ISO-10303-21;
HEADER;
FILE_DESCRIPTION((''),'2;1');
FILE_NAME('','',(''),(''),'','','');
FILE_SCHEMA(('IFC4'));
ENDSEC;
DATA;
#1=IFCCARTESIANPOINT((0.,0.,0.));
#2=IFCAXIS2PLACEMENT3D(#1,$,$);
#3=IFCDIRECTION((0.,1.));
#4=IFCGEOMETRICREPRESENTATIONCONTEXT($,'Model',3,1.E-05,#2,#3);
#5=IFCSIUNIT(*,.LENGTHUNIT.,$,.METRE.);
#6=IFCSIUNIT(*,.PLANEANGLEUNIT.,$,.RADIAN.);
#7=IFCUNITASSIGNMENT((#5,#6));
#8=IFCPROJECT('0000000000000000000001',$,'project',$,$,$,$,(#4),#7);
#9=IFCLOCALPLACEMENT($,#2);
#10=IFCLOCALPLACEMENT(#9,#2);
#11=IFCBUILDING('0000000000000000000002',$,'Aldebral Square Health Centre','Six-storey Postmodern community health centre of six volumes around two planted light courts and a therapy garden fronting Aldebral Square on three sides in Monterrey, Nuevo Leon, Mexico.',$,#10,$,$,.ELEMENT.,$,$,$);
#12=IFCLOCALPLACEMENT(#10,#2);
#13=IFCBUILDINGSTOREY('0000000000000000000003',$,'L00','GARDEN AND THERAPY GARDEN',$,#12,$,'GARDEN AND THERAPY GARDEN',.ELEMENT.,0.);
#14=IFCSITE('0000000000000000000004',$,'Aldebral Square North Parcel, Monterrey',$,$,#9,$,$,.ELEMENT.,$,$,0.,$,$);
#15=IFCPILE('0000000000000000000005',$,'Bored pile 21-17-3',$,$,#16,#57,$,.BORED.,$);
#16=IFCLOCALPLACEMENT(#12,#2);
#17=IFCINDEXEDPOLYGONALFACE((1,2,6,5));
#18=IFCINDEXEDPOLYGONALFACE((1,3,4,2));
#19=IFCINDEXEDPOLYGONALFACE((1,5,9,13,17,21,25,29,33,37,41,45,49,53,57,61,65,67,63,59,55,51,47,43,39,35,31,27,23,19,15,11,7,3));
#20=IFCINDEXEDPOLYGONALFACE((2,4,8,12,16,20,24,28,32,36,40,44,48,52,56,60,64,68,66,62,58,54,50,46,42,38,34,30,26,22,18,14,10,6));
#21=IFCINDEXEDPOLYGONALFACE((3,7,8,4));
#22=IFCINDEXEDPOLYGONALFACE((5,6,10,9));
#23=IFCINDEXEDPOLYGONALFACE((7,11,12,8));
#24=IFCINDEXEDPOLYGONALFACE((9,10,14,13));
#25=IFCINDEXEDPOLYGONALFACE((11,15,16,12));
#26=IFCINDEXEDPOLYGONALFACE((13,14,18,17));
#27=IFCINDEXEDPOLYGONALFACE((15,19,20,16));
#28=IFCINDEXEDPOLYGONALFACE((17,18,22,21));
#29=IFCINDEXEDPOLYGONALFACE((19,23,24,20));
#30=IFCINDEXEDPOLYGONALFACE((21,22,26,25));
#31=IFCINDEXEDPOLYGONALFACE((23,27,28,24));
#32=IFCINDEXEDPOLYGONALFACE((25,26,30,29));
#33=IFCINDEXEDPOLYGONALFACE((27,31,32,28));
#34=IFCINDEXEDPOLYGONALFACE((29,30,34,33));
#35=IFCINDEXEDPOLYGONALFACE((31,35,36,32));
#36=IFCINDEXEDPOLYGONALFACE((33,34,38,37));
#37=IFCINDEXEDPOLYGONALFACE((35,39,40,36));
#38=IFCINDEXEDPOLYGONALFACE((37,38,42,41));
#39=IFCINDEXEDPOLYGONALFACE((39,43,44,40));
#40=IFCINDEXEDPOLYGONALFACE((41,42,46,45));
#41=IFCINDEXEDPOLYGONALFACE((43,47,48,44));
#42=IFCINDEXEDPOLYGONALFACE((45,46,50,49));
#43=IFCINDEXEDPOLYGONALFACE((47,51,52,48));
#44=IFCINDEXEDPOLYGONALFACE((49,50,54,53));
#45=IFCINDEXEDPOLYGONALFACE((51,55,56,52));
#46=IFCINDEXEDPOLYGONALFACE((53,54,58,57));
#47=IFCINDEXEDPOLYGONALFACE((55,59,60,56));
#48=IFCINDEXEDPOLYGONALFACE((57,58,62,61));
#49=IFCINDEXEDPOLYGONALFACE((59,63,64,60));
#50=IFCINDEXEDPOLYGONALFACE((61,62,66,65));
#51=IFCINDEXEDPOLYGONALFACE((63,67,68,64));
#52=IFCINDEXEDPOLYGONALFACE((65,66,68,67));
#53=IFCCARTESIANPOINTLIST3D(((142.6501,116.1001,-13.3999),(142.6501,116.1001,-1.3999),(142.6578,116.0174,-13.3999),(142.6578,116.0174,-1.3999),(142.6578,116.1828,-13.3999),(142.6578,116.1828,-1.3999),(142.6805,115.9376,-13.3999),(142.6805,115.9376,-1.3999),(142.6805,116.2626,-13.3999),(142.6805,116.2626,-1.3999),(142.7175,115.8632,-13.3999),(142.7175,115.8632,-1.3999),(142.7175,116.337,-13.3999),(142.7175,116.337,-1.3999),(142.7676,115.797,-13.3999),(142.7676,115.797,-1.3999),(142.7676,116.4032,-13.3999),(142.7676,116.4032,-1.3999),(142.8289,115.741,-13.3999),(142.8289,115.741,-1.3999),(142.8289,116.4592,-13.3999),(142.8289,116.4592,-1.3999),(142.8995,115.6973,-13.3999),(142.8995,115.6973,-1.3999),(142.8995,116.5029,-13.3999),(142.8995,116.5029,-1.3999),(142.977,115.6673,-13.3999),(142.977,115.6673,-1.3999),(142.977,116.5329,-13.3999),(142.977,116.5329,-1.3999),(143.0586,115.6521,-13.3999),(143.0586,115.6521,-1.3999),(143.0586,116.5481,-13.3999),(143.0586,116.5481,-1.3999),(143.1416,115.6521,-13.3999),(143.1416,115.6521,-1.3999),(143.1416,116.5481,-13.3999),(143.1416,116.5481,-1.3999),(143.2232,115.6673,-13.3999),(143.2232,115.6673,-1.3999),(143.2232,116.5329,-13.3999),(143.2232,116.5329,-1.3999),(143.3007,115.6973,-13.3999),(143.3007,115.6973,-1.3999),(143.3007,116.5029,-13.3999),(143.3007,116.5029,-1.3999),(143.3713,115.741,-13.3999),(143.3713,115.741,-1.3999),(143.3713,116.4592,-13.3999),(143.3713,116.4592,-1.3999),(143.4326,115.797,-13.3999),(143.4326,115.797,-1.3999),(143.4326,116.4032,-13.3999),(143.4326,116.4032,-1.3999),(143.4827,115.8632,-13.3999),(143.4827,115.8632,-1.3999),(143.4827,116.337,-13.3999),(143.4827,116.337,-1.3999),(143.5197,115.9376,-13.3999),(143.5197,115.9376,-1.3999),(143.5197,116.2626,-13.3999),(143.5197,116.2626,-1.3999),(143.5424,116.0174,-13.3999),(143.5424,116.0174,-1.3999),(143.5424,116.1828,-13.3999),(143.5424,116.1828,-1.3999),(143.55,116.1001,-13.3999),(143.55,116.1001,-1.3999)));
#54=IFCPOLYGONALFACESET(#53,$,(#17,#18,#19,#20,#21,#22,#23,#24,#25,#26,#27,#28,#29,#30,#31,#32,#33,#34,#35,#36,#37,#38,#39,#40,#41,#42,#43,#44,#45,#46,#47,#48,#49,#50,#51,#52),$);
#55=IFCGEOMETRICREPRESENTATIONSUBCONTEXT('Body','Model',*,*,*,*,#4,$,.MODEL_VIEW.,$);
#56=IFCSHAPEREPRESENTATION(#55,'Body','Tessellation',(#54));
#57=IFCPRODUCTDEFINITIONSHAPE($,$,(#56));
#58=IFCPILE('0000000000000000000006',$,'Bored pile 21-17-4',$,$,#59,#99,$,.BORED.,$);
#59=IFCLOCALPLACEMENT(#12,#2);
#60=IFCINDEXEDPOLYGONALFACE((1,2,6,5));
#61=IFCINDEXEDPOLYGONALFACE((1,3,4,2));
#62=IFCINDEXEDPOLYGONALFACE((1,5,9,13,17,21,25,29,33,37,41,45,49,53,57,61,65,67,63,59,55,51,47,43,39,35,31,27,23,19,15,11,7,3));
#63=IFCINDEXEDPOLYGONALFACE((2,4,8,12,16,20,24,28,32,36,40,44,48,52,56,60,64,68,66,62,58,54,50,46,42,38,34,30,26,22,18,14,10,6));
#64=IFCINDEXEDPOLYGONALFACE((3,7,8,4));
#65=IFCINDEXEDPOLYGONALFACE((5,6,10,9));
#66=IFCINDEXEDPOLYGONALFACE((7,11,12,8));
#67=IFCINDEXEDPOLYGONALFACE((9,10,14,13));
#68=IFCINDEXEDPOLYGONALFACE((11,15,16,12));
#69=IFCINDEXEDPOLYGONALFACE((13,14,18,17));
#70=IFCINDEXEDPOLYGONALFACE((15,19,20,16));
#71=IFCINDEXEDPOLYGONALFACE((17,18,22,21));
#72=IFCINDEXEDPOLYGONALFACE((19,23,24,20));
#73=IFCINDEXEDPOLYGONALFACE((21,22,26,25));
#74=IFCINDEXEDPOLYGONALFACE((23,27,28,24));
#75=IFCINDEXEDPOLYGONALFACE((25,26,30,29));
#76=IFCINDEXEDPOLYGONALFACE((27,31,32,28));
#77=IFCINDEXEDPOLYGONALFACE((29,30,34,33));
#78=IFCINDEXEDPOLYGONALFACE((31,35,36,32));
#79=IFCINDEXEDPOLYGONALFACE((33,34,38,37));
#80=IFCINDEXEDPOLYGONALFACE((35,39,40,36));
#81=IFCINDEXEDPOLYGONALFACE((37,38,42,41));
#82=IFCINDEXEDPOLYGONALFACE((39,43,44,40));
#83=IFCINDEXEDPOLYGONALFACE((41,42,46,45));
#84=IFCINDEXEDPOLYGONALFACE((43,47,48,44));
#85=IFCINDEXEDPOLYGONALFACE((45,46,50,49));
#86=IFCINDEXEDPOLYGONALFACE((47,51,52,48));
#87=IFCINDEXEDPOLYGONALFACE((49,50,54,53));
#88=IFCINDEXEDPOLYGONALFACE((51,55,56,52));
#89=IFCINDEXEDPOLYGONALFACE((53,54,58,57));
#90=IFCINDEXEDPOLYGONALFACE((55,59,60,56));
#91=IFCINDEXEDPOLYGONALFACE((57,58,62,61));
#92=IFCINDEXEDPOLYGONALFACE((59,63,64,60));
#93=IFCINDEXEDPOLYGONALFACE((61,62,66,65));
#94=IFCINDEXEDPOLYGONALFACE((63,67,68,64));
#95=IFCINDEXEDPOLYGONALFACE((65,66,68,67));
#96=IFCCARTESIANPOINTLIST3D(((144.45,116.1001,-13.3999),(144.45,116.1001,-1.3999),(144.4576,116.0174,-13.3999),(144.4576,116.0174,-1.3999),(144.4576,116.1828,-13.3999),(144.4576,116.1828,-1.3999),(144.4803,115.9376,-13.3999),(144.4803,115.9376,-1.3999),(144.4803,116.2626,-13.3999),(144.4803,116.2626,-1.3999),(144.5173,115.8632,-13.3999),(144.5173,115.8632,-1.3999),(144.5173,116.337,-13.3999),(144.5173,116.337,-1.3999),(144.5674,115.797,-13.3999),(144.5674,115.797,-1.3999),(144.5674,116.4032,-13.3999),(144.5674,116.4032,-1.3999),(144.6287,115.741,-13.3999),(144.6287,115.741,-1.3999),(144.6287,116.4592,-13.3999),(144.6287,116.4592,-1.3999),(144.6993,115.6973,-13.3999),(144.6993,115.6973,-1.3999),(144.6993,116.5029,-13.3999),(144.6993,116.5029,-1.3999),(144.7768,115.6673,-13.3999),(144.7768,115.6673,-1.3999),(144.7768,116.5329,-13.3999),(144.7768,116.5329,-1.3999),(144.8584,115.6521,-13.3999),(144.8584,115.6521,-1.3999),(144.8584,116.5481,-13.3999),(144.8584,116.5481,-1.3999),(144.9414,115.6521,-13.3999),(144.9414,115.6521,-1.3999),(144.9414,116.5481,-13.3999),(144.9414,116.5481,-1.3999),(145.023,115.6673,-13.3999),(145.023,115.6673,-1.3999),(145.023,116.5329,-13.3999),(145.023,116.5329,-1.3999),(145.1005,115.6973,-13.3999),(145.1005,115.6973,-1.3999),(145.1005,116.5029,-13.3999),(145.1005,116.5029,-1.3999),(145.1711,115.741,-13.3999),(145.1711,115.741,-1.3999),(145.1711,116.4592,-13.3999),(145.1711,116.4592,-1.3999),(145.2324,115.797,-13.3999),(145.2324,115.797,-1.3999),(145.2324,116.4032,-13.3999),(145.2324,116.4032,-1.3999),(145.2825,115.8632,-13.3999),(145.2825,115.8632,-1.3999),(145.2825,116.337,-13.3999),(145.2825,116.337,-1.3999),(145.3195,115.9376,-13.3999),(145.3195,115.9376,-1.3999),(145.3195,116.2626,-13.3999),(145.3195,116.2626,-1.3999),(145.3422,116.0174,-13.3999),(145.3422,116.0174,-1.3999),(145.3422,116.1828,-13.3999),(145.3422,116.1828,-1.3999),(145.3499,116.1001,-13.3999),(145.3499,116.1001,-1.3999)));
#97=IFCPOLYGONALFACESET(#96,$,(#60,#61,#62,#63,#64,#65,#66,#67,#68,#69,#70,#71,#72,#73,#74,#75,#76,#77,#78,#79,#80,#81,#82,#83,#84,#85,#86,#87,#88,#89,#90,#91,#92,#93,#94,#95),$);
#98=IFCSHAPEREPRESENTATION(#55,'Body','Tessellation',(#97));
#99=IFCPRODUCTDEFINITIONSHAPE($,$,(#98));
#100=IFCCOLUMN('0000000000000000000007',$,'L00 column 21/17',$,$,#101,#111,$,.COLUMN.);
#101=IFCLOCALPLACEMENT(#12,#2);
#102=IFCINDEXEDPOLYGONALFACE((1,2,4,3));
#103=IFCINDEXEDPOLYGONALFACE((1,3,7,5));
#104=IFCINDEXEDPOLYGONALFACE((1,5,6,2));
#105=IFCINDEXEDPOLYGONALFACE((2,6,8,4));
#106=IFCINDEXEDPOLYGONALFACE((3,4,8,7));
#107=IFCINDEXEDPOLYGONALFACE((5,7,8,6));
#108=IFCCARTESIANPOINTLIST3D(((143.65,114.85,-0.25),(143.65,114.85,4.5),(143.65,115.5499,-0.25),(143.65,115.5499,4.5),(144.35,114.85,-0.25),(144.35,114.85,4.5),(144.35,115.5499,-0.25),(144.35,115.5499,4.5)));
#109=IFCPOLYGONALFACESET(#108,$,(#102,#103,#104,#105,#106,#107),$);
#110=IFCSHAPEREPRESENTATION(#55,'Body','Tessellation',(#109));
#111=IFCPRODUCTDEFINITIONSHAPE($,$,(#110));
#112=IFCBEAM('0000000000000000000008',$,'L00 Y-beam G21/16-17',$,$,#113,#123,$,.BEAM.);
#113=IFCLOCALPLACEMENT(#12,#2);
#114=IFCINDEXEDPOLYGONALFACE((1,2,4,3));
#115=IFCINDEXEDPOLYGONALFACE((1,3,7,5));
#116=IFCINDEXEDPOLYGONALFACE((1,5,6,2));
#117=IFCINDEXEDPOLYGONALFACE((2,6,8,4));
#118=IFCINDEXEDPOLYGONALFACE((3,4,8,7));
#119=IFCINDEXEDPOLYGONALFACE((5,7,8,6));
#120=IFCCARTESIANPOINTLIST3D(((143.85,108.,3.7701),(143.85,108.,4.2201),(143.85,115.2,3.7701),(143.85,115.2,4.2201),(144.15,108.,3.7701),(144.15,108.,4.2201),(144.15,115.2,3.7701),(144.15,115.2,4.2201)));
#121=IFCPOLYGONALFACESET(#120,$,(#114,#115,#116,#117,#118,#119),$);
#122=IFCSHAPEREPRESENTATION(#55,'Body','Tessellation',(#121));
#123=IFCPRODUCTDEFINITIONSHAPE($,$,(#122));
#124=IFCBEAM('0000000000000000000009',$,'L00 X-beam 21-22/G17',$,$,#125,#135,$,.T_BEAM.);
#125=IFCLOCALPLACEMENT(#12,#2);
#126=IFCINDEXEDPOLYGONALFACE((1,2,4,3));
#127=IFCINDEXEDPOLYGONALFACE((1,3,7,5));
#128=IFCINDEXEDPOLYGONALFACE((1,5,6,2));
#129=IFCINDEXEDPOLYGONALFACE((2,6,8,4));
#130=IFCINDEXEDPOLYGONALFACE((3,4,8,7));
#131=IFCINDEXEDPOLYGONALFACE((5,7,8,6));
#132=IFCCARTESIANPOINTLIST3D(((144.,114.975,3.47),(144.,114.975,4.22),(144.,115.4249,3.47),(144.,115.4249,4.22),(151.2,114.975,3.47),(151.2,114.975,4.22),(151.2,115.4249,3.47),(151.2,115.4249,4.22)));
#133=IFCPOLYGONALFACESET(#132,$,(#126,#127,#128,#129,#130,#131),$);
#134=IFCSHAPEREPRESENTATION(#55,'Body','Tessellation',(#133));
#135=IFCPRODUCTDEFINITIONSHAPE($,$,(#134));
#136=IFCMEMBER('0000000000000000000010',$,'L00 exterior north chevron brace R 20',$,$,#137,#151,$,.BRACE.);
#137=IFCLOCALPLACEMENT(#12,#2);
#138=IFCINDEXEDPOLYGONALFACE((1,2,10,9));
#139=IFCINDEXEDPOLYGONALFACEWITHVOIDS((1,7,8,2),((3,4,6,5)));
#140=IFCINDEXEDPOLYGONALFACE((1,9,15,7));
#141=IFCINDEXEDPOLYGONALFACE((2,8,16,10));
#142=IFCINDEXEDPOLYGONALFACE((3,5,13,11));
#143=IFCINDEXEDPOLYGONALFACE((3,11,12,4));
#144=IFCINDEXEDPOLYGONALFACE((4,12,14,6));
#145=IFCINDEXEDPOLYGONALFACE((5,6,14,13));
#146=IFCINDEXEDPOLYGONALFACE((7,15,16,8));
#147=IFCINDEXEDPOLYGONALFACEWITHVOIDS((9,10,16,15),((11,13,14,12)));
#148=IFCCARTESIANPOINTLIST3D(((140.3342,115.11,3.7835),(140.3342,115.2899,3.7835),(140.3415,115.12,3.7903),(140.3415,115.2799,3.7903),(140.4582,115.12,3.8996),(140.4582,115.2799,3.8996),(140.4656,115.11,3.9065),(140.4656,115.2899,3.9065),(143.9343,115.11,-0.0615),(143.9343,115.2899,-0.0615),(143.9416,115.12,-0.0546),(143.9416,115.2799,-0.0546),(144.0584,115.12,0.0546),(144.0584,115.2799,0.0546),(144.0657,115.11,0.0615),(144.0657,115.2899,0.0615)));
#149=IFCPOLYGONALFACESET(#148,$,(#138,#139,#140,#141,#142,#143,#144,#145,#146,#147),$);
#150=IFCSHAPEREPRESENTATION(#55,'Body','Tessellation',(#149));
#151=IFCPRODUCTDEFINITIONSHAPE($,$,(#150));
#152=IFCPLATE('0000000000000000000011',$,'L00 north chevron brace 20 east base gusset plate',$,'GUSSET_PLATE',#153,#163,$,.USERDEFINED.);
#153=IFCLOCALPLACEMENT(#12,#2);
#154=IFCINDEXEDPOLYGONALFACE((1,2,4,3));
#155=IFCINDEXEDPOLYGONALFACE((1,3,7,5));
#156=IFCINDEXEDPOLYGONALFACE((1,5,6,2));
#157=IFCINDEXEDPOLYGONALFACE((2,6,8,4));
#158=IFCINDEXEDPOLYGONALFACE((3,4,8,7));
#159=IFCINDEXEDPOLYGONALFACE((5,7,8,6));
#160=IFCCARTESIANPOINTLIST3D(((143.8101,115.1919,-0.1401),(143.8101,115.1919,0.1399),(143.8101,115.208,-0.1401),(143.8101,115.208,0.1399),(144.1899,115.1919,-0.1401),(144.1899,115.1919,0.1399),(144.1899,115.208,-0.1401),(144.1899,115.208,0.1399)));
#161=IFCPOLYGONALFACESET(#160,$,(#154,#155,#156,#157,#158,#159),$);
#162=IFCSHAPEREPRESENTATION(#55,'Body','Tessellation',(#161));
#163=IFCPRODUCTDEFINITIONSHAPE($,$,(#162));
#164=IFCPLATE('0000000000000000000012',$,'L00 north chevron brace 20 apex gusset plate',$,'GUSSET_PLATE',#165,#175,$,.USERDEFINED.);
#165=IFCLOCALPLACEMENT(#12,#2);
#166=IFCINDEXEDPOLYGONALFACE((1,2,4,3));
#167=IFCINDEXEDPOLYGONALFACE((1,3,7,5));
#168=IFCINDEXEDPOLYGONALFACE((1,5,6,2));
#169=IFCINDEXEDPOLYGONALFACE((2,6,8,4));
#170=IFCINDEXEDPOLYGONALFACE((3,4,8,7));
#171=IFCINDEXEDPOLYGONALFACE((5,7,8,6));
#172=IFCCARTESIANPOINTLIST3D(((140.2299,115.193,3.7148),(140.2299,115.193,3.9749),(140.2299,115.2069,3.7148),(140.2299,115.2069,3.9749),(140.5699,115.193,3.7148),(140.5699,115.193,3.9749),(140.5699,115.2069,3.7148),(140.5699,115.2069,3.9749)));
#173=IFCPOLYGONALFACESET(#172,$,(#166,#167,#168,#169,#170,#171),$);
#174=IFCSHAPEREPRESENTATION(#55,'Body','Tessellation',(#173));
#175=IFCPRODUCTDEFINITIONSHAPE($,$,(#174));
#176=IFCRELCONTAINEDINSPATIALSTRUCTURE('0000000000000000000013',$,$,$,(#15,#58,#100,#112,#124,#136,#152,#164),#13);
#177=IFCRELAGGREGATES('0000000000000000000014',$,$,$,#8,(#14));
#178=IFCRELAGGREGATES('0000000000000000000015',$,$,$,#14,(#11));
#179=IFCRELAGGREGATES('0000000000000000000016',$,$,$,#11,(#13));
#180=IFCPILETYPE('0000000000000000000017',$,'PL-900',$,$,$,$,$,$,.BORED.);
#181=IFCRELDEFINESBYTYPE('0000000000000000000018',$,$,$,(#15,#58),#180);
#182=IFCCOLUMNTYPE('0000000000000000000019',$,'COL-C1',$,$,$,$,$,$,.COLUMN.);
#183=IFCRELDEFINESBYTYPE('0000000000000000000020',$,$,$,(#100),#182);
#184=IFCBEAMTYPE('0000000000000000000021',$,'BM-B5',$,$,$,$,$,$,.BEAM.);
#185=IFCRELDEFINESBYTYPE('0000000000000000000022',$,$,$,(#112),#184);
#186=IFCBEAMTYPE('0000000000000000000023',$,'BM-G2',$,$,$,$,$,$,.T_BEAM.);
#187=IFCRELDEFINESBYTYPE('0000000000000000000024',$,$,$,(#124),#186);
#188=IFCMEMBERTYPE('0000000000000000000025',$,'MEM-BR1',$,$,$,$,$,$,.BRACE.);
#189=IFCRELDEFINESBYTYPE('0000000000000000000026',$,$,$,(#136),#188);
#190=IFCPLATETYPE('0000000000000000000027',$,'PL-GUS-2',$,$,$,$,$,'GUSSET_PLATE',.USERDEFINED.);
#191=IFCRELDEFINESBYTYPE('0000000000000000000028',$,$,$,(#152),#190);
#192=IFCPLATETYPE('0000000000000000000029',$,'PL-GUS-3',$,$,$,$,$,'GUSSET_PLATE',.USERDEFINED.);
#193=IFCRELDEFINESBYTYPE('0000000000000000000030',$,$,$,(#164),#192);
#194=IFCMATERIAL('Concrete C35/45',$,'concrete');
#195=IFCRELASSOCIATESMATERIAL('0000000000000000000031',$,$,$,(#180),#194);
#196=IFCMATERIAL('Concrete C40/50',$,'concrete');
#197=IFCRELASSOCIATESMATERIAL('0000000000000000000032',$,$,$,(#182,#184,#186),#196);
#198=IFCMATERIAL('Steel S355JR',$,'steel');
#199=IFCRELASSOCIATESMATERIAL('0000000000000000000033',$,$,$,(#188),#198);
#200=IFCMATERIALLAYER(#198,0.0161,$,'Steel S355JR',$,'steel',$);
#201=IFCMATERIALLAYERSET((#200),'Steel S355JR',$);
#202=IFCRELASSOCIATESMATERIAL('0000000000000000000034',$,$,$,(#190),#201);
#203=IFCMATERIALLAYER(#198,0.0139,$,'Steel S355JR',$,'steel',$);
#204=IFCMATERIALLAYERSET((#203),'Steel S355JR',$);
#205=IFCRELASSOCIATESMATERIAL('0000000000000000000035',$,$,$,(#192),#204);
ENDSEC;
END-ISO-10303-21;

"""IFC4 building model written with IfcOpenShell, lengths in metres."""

from ifc_helpers import new_model, si_unit, direction, frame, origin, origin_2d, place, context, subcontext, project, spatial, rectangle, hollow_rectangle, circle, extrude, material, layer, layer_set, material_profile, profile_set, type_object, element, save


model = new_model("IFC4")

# Units and contexts
model_context = context("Model", 3, precision=1e-05, world=origin(), true_north=direction((0.0, 1.0)))
body_context = subcontext(model_context, "Body", "Model", "MODEL_VIEW")
ifc_project = project(units=[si_unit("LENGTHUNIT", "METRE"), si_unit("PLANEANGLEUNIT", "RADIAN")], contexts=[model_context])

# Site, building, storey
site_placement = place(None, origin())
site = spatial("IfcSite", under=ifc_project, at=site_placement, Name="Aldebral Square North Parcel, Monterrey", CompositionType="ELEMENT", RefElevation=0.0)
building_placement = place(site_placement, origin())
building = spatial("IfcBuilding", under=site, at=building_placement, Name="Aldebral Square Health Centre", Description="Six-storey Postmodern community health centre of six volumes around two planted light courts and a therapy garden fronting Aldebral Square on three sides in Monterrey, Nuevo Leon, Mexico.", CompositionType="ELEMENT")
storey_placement = place(building_placement, origin())
storey = spatial("IfcBuildingStorey", under=building, at=storey_placement, Name="L00", Description="GARDEN AND THERAPY GARDEN", LongName="GARDEN AND THERAPY GARDEN", CompositionType="ELEMENT", Elevation=0.0)

# Shared definitions
ifc_material_1 = material(Name="Concrete C35/45", Category="concrete")

# Piles
ifc_material_profile_1 = material_profile(ifc_material_1, circle(Radius=0.45, at=origin_2d()), Name="PILE D900")
ifc_profile_set_1 = profile_set([ifc_material_profile_1], Name="Concrete C35/45")
pile_type = type_object("IfcPileType", Name="PL-900", PredefinedType="BORED", material=ifc_profile_set_1)
for number, where, z_axis, x_axis, name in (
    (1, (143.1001, 116.1001, -1.3999), (0.0, 0.0, -1.0), (1.0, 0.0, 0.0), "Bored pile 21-17-3"),
    (2, (144.8999, 116.1001, -1.3999), (0.0, 0.0, -1.0), (1.0, 0.0, 0.0), "Bored pile 21-17-4"),
):
    element("IfcPile", number, at=place(storey_placement, frame(where, z_axis=z_axis, x_axis=x_axis)), inside=storey, type_object=pile_type, Name=name, PredefinedType="BORED", context=body_context, shape_type="SweptSolid", body=[
        extrude(circle(Radius=0.45, at=origin_2d()), origin(), (0.0, 0.0, 1.0), 12.0),
    ])

# Column
ifc_material_2 = material(Name="Concrete C40/50", Category="concrete")
ifc_material_profile_2 = material_profile(ifc_material_2, rectangle(XDim=0.7, YDim=0.7, at=origin_2d()), Name="RC 700x700")
ifc_profile_set_2 = profile_set([ifc_material_profile_2], Name="Concrete C40/50")
column_type = type_object("IfcColumnType", Name="COL-C1", PredefinedType="COLUMN", material=ifc_profile_set_2)
column_placement = place(storey_placement, frame((144.0, 115.2, -0.25), z_axis=(0.0, 0.0, 1.0), x_axis=(1.0, 0.0, 0.0)))
element("IfcColumn", 3, at=column_placement, inside=storey, type_object=column_type, Name="L00 column 21/17", PredefinedType="COLUMN", context=body_context, shape_type="SweptSolid", body=[
    extrude(rectangle(XDim=0.7, YDim=0.7, at=origin_2d()), origin(), (0.0, 0.0, 1.0), 4.75),
])

# Beams
ifc_material_profile_3 = material_profile(ifc_material_2, rectangle(XDim=0.3, YDim=0.45, at=origin_2d()), Name="RC 300x450")
ifc_profile_set_3 = profile_set([ifc_material_profile_3], Name="Concrete C40/50")
beam_type_1 = type_object("IfcBeamType", Name="BM-B5", PredefinedType="BEAM", material=ifc_profile_set_3)
beam_1_placement = place(storey_placement, frame((144.0, 108.0, 3.9951), z_axis=(0.0, 1.0, 0.0), x_axis=(-1.0, 0.0, 0.0)))
element("IfcBeam", 4, at=beam_1_placement, inside=storey, type_object=beam_type_1, Name="L00 Y-beam G21/16-17", PredefinedType="BEAM", context=body_context, shape_type="SweptSolid", body=[
    extrude(rectangle(XDim=0.3, YDim=0.45, at=origin_2d()), origin(), (0.0, 0.0, 1.0), 7.2),
])
ifc_material_profile_4 = material_profile(ifc_material_2, rectangle(XDim=0.45, YDim=0.75, at=origin_2d()), Name="RC 450x750")
ifc_profile_set_4 = profile_set([ifc_material_profile_4], Name="Concrete C40/50")
beam_type_2 = type_object("IfcBeamType", Name="BM-G2", PredefinedType="T_BEAM", material=ifc_profile_set_4)
beam_2_placement = place(storey_placement, frame((144.0, 115.2, 3.845), z_axis=(1.0, 0.0, 0.0), x_axis=(0.0, 1.0, 0.0)))
element("IfcBeam", 5, at=beam_2_placement, inside=storey, type_object=beam_type_2, Name="L00 X-beam 21-22/G17", PredefinedType="T_BEAM", context=body_context, shape_type="SweptSolid", body=[
    extrude(rectangle(XDim=0.45, YDim=0.75, at=origin_2d()), origin(), (0.0, 0.0, 1.0), 7.2),
])

# Member
ifc_material_3 = material(Name="Steel S355JR", Category="steel")
ifc_material_profile_5 = material_profile(ifc_material_3, hollow_rectangle(XDim=0.1799, YDim=0.1799, WallThickness=0.01, at=origin_2d()), Name="180x180x10 SHS")
ifc_profile_set_5 = profile_set([ifc_material_profile_5], Name="Steel S355JR")
member_type = type_object("IfcMemberType", Name="MEM-BR1", PredefinedType="BRACE", material=ifc_profile_set_5)
member_placement = place(storey_placement, frame((144.0, 115.2, 0.0), z_axis=(-0.68348, 0.0, 0.729969), x_axis=(0.0, -1.0, 0.0)))
element("IfcMember", 6, at=member_placement, inside=storey, type_object=member_type, Name="L00 exterior north chevron brace R 20", PredefinedType="BRACE", context=body_context, shape_type="SweptSolid", body=[
    extrude(hollow_rectangle(XDim=0.1799, YDim=0.1799, WallThickness=0.01, at=origin_2d()), origin(), (0.0, 0.0, 1.0), 5.2673),
])

# Plates
ifc_layer_1 = layer(ifc_material_3, 0.0161, Name="Steel S355JR", Category="steel")
ifc_layer_set_1 = layer_set([ifc_layer_1], Name="Steel S355JR")
plate_type_1 = type_object("IfcPlateType", Name="PL-GUS-2", ElementType="GUSSET_PLATE", PredefinedType="USERDEFINED", material=ifc_layer_set_1)
plate_1_placement = place(storey_placement, frame((144.0, 115.2, -0.1401), z_axis=(0.0, 0.0, 1.0), x_axis=(1.0, 0.0, 0.0)))
element("IfcPlate", 7, at=plate_1_placement, inside=storey, type_object=plate_type_1, Name="L00 north chevron brace 20 east base gusset plate", ObjectType="GUSSET_PLATE", PredefinedType="USERDEFINED", context=body_context, shape_type="SweptSolid", body=[
    extrude(rectangle(XDim=0.3799, YDim=0.0161, at=origin_2d()), origin(), (0.0, 0.0, 1.0), 0.28),
])
ifc_layer_2 = layer(ifc_material_3, 0.0139, Name="Steel S355JR", Category="steel")
ifc_layer_set_2 = layer_set([ifc_layer_2], Name="Steel S355JR")
plate_type_2 = type_object("IfcPlateType", Name="PL-GUS-3", ElementType="GUSSET_PLATE", PredefinedType="USERDEFINED", material=ifc_layer_set_2)
plate_2_placement = place(storey_placement, frame((140.3999, 115.2, 3.7148), z_axis=(0.0, 0.0, 1.0), x_axis=(1.0, 0.0, 0.0)))
element("IfcPlate", 8, at=plate_2_placement, inside=storey, type_object=plate_type_2, Name="L00 north chevron brace 20 apex gusset plate", ObjectType="GUSSET_PLATE", PredefinedType="USERDEFINED", context=body_context, shape_type="SweptSolid", body=[
    extrude(rectangle(XDim=0.3401, YDim=0.0139, at=origin_2d()), origin(), (0.0, 0.0, 1.0), 0.26),
])

save(model, "model.ifc")
